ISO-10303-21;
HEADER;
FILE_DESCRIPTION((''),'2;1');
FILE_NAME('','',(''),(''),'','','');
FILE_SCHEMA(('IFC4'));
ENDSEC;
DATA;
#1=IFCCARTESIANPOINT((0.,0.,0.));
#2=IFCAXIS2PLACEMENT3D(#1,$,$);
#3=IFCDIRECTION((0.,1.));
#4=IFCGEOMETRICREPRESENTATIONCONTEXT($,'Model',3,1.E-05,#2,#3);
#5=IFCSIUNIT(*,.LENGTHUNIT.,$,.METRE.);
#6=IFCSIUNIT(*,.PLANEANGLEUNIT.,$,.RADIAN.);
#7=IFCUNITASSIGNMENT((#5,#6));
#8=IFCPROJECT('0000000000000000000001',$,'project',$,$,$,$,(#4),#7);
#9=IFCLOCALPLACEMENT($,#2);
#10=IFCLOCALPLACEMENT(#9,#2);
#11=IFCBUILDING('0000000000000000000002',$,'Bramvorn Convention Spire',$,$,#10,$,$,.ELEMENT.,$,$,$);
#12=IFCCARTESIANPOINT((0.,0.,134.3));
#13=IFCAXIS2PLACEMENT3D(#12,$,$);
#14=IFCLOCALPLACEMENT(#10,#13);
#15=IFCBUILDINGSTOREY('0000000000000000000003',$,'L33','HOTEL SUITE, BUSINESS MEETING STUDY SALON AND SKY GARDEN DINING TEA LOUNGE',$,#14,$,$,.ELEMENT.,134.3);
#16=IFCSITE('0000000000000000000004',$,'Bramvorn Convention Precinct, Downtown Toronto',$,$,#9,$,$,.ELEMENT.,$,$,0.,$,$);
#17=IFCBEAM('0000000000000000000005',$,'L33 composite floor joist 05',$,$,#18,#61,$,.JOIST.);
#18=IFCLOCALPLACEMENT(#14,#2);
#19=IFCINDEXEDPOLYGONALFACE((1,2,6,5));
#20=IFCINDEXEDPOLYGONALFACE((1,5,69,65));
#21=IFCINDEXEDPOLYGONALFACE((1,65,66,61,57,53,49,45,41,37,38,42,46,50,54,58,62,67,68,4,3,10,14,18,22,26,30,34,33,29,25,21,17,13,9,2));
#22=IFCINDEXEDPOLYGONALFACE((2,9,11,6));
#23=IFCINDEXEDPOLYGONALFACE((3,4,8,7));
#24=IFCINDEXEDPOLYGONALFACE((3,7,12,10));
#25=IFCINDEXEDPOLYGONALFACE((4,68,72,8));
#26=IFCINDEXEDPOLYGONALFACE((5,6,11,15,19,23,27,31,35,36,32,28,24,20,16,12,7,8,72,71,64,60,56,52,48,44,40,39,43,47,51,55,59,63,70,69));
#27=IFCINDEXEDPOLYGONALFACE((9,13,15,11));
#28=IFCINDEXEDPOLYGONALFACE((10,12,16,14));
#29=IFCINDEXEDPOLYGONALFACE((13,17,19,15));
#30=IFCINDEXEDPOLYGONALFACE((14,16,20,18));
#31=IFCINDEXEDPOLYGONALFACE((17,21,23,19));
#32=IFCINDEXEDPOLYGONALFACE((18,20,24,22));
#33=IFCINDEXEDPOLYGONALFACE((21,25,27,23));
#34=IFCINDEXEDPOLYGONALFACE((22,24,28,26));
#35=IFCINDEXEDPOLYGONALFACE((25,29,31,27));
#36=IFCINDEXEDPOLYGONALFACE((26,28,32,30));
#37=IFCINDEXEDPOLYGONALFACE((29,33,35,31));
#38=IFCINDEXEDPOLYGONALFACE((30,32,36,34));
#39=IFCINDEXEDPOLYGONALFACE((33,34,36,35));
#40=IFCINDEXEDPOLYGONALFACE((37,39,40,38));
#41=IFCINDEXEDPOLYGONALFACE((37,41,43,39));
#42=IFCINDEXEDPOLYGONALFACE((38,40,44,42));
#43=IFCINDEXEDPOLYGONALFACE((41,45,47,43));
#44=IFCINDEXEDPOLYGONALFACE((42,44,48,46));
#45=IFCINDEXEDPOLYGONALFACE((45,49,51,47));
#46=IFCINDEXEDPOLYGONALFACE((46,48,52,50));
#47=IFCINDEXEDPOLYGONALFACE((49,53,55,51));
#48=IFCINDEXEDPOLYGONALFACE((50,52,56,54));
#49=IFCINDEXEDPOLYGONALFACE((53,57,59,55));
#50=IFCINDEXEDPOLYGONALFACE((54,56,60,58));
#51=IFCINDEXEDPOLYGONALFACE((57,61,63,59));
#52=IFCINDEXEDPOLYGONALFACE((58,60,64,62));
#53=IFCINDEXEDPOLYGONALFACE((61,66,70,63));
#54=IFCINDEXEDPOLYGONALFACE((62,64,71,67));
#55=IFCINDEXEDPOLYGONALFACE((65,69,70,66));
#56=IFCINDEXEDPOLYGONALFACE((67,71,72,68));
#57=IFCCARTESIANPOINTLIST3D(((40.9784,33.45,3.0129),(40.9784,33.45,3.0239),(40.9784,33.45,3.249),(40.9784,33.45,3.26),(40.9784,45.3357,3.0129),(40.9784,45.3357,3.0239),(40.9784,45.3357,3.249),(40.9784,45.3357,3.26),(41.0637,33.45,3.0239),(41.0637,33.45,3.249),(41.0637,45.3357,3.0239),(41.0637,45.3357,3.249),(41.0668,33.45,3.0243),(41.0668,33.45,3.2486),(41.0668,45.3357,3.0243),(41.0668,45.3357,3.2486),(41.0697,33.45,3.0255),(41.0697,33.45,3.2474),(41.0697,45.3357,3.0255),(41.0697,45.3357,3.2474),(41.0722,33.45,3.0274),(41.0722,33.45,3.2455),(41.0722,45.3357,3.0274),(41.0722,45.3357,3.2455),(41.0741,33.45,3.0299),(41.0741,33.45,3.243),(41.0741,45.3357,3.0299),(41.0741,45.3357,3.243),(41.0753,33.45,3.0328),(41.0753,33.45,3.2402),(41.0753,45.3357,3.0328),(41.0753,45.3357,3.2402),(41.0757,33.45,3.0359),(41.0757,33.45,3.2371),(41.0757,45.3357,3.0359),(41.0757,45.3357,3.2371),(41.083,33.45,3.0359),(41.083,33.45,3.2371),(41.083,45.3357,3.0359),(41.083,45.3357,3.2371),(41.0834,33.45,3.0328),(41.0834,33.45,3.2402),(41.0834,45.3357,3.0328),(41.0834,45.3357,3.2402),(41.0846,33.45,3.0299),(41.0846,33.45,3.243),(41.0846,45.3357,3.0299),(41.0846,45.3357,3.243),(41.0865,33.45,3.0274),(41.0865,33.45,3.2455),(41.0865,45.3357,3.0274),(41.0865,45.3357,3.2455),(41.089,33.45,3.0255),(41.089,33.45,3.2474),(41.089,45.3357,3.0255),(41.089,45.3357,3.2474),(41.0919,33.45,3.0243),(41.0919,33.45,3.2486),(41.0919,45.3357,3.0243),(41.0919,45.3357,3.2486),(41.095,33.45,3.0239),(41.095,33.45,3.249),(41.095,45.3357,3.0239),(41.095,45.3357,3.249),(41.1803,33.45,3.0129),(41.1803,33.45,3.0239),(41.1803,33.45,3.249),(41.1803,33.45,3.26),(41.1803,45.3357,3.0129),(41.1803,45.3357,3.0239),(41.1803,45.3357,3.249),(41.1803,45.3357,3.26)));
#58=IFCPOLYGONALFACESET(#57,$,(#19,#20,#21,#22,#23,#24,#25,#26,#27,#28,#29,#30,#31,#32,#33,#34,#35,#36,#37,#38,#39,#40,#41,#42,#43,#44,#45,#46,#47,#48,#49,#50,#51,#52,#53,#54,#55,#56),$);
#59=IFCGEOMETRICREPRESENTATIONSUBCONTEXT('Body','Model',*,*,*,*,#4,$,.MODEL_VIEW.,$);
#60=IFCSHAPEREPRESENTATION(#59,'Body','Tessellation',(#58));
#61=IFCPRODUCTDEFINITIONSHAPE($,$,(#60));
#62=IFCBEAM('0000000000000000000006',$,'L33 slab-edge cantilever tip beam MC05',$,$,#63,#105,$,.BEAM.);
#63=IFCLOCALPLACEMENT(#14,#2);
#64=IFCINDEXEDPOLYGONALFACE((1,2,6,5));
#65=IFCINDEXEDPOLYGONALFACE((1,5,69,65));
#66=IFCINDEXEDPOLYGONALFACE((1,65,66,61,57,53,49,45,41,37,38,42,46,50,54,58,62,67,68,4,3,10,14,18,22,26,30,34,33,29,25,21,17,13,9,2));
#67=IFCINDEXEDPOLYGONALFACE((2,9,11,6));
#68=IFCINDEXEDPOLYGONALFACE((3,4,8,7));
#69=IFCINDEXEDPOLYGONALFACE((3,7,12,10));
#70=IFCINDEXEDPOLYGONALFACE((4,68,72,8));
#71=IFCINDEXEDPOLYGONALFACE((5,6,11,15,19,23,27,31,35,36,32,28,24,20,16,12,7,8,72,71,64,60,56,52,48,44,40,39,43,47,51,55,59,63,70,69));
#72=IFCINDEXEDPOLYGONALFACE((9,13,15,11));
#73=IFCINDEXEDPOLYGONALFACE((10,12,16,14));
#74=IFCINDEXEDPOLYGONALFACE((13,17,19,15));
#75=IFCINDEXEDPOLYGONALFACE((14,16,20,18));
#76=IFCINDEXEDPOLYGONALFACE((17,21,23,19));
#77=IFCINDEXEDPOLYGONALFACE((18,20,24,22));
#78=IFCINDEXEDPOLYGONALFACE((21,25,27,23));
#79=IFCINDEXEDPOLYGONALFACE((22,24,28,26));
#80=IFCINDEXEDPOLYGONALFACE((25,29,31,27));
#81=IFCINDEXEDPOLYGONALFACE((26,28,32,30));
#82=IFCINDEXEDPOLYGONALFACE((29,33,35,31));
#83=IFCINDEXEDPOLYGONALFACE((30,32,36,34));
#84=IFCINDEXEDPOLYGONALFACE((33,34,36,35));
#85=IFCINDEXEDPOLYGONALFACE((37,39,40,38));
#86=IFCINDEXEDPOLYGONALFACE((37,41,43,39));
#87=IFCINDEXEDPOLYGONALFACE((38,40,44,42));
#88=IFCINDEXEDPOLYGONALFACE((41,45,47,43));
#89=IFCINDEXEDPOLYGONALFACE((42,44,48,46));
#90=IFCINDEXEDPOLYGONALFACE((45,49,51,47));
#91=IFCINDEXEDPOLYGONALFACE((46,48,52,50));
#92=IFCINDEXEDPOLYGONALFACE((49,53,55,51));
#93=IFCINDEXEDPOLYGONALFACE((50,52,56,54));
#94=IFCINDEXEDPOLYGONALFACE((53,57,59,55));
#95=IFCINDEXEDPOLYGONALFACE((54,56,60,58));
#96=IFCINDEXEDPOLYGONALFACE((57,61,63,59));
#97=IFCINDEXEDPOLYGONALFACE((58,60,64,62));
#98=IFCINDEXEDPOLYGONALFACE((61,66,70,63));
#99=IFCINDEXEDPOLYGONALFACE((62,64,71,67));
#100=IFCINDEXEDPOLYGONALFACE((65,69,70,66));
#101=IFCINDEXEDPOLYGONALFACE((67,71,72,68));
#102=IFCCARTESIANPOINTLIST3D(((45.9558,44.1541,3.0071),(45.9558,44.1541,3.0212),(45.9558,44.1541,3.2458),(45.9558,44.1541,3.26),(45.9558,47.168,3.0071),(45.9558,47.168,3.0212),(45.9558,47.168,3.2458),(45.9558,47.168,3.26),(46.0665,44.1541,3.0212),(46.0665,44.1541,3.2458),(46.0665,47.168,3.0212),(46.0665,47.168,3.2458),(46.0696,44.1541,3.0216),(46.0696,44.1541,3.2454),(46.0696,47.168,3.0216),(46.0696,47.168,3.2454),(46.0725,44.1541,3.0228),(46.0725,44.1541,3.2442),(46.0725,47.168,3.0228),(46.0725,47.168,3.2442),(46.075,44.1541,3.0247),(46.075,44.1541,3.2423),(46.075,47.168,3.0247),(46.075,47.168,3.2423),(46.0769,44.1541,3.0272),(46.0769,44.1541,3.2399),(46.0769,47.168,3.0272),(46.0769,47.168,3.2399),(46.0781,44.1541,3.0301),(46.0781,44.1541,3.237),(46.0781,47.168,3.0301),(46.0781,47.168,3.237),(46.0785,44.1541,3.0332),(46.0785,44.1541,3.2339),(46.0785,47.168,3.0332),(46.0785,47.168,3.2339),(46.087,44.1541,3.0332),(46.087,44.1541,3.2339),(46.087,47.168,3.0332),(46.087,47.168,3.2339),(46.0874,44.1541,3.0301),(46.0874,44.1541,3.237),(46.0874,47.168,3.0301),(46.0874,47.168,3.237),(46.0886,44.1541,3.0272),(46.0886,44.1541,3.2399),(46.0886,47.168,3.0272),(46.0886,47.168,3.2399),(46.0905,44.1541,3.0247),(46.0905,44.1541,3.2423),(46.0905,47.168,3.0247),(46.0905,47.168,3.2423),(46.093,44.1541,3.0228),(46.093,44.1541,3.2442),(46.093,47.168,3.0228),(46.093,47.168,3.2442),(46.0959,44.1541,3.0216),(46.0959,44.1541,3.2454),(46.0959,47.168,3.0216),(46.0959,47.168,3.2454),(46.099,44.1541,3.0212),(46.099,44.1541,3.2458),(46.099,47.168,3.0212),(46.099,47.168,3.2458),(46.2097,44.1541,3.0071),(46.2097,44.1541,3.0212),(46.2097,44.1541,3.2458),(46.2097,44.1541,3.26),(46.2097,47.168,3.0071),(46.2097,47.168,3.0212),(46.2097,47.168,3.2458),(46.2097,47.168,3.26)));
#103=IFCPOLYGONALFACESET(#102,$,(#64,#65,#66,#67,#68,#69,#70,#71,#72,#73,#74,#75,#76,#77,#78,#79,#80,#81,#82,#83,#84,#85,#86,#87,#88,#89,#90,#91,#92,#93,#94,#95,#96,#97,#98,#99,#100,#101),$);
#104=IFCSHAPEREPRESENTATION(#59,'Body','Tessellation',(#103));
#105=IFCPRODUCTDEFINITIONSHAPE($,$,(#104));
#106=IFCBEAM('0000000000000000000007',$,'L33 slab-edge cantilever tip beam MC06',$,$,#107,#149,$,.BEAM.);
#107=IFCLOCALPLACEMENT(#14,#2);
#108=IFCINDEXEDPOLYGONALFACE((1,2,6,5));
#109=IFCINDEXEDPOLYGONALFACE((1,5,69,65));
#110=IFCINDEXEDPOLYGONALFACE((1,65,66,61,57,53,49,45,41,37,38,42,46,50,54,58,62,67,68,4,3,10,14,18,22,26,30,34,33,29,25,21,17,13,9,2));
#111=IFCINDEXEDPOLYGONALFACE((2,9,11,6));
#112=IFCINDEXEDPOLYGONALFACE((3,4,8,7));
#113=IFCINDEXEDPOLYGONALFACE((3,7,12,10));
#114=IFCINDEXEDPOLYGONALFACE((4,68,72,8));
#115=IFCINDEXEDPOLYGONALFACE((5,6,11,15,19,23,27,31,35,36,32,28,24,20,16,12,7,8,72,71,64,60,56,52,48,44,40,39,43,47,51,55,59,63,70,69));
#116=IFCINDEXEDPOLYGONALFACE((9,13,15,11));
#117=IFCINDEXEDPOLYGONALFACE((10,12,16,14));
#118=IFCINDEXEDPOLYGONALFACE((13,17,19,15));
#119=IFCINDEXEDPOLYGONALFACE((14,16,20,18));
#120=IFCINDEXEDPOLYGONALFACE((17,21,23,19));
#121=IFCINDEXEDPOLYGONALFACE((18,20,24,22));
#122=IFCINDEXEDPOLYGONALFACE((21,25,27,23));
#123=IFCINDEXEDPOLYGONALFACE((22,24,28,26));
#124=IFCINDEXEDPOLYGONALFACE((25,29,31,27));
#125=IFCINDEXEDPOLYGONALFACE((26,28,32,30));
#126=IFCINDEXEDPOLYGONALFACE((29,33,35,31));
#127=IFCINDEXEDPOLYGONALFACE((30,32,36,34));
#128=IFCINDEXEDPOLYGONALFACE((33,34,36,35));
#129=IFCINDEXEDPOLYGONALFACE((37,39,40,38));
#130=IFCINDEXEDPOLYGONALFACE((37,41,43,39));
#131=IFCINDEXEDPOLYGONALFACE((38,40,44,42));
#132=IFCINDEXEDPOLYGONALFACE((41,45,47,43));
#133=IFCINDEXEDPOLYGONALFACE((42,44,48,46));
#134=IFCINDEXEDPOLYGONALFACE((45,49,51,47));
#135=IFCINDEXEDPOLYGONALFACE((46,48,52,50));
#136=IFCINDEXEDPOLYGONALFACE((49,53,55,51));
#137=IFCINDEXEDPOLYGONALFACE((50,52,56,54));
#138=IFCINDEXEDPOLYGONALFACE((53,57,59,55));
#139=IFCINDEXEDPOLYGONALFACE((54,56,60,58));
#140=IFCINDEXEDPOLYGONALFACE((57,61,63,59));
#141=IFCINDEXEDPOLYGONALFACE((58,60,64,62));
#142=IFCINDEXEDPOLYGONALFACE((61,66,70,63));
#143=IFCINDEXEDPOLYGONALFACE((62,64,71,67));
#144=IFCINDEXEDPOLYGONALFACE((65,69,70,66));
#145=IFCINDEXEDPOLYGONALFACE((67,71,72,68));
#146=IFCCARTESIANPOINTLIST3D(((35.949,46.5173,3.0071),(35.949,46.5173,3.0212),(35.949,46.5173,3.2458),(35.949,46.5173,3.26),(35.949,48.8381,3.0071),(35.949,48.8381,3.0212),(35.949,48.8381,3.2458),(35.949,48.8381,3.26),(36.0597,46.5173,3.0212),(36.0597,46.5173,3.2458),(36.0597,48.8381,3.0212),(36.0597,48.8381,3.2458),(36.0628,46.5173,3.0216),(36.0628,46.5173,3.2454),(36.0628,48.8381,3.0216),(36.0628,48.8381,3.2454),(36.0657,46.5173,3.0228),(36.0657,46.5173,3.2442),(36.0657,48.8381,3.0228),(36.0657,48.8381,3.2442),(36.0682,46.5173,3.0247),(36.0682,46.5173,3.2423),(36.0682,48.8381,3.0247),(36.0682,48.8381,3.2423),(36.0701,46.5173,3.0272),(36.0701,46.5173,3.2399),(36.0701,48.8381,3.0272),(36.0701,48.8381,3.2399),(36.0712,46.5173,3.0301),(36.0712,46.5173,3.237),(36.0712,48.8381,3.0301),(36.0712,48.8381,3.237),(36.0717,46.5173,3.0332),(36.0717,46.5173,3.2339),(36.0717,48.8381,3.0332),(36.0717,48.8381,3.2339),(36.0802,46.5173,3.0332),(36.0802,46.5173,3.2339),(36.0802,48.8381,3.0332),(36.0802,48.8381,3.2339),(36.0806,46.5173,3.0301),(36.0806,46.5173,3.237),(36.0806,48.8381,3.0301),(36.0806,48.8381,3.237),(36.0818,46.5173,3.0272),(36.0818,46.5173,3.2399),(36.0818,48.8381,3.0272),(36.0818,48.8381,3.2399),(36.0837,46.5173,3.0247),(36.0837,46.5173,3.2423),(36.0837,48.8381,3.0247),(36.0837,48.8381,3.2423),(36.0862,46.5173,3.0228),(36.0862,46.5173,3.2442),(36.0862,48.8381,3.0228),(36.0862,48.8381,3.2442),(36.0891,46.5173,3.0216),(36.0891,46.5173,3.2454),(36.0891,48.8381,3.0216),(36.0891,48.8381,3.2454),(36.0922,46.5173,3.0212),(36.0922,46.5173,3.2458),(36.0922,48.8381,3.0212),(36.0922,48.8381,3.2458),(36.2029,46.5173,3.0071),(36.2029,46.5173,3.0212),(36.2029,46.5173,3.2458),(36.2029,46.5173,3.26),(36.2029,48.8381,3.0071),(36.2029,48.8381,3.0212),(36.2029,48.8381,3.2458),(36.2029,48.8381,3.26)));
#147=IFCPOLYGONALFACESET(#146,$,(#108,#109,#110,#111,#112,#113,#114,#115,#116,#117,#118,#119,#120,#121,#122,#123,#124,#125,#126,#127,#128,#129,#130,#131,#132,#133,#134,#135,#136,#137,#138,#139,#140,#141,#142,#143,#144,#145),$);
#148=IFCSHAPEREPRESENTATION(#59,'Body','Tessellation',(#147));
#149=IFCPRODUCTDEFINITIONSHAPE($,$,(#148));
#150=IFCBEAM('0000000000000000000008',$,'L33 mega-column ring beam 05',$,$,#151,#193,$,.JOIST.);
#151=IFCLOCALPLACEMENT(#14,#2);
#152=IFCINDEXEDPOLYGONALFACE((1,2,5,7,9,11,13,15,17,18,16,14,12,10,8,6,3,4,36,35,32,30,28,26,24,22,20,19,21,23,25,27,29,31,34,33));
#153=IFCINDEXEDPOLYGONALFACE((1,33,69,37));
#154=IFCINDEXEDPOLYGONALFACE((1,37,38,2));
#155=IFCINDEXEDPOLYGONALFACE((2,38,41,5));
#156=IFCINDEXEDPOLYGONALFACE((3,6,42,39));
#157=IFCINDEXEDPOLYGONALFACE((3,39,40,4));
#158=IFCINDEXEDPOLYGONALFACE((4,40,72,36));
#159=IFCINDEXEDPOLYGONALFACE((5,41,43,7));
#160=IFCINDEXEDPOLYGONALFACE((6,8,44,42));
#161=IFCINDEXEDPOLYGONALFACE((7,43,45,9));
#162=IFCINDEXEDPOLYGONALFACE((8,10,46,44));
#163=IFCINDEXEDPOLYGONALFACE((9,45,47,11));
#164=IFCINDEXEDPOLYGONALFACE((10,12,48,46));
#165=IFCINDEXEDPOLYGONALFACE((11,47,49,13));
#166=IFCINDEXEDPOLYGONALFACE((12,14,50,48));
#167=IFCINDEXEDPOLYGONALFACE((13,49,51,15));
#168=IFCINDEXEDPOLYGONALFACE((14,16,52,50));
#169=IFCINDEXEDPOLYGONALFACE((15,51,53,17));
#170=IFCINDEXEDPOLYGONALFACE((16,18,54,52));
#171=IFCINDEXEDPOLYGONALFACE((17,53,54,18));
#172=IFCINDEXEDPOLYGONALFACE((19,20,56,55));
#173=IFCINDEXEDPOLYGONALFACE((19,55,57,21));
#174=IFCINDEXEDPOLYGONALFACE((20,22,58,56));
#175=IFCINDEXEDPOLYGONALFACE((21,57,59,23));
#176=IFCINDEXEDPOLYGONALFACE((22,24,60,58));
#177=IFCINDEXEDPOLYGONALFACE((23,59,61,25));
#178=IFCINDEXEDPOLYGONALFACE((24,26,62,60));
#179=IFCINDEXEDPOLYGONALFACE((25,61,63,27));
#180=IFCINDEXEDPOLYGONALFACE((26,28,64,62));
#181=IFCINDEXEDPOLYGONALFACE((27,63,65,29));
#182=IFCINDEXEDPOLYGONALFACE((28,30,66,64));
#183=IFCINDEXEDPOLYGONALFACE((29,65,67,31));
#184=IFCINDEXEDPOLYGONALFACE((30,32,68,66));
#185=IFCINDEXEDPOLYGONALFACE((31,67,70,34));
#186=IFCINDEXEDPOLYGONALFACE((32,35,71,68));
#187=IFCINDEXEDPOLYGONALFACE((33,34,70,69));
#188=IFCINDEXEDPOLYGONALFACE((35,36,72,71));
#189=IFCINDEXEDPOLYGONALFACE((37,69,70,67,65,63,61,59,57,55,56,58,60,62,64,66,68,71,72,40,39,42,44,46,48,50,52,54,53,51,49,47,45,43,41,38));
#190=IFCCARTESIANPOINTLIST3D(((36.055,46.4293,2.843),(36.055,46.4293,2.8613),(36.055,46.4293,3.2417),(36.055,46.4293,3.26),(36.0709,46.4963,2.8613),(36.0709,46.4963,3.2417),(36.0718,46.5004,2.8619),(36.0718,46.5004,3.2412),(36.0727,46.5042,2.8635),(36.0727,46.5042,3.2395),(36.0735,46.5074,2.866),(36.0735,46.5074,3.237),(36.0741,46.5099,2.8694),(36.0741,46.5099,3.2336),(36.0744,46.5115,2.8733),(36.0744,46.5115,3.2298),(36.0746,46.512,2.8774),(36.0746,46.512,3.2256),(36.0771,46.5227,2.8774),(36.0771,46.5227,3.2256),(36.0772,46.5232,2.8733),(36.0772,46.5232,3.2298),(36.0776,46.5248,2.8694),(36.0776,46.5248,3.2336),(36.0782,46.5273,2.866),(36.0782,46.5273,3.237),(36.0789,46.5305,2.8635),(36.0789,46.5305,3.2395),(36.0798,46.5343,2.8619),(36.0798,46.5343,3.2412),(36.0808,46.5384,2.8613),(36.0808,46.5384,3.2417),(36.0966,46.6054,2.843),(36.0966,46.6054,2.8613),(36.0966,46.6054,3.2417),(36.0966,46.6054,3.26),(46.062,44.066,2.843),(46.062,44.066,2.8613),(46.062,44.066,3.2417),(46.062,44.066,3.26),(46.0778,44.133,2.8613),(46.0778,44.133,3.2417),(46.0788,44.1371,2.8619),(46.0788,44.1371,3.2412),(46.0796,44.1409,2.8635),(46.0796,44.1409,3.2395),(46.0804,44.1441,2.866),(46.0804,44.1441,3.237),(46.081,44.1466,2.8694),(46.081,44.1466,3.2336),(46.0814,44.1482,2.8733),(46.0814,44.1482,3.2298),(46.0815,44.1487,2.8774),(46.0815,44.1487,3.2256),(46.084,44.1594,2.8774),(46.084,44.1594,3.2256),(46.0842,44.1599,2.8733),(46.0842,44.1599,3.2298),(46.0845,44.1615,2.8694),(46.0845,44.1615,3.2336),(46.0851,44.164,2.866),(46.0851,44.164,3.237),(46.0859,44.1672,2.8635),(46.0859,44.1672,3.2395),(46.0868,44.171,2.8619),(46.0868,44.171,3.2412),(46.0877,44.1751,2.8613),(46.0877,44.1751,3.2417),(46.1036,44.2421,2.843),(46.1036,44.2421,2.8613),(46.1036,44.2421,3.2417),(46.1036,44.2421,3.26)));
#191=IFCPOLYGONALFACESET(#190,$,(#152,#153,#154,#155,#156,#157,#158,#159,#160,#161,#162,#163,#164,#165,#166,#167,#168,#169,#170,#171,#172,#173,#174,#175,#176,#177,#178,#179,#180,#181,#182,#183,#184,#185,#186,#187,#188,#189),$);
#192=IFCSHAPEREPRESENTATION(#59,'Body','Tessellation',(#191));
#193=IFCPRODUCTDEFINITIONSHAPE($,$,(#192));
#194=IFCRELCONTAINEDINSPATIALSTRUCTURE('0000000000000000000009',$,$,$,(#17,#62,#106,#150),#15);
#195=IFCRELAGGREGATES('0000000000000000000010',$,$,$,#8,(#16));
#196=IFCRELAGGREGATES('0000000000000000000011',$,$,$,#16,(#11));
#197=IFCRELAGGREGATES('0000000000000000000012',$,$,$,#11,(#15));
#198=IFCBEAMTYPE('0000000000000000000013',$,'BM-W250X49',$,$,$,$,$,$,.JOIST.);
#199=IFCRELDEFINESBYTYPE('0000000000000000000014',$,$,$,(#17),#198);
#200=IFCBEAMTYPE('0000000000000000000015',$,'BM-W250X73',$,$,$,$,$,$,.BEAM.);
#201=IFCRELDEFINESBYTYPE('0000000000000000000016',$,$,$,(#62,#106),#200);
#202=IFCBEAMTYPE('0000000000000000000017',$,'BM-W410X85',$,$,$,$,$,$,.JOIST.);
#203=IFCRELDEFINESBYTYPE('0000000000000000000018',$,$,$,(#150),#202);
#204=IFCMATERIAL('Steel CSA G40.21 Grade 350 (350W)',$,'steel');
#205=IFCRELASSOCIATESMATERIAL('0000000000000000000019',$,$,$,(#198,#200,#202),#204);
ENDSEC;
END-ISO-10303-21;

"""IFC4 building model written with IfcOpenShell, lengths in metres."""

from ifc_helpers import new_model, si_unit, direction, frame, origin, origin_2d, place, context, subcontext, project, spatial, i_section, extrude, material, material_profile, profile_set, type_object, element, save


model = new_model("IFC4")

# Units and contexts
model_context = context("Model", 3, precision=1e-05, world=origin(), true_north=direction((0.0, 1.0)))
body_context = subcontext(model_context, "Body", "Model", "MODEL_VIEW")
ifc_project = project(units=[si_unit("LENGTHUNIT", "METRE"), si_unit("PLANEANGLEUNIT", "RADIAN")], contexts=[model_context])

# Site, building, storey
site_placement = place(None, origin())
site = spatial("IfcSite", under=ifc_project, at=site_placement, Name="Bramvorn Convention Precinct, Downtown Toronto", CompositionType="ELEMENT", RefElevation=0.0)
building_placement = place(site_placement, origin())
building = spatial("IfcBuilding", under=site, at=building_placement, Name="Bramvorn Convention Spire", CompositionType="ELEMENT")
storey_placement = place(building_placement, frame((0.0, 0.0, 134.3)))
storey = spatial("IfcBuildingStorey", under=building, at=storey_placement, Name="L33", Description="HOTEL SUITE, BUSINESS MEETING STUDY SALON AND SKY GARDEN DINING TEA LOUNGE", CompositionType="ELEMENT", Elevation=134.3)

# Shared definitions
ifc_material_1 = material(Name="Steel CSA G40.21 Grade 350 (350W)", Category="steel")

# Beams
ifc_material_profile_1 = material_profile(ifc_material_1, i_section(OverallWidth=0.2019, OverallDepth=0.2471, WebThickness=0.0073, FlangeThickness=0.011, FilletRadius=0.012, at=origin_2d()))
ifc_profile_set_1 = profile_set([ifc_material_profile_1], Name="Steel CSA G40.21 Grade 350 (350W) - W250X49")
beam_type_1 = type_object("IfcBeamType", Name="BM-W250X49", PredefinedType="JOIST", material=ifc_profile_set_1)
beam_1_placement = place(storey_placement, frame((41.0793, 33.45, 3.1365), z_axis=(0.0, 1.0, 0.0), x_axis=(-1.0, 0.0, 0.0)))
element("IfcBeam", 1, at=beam_1_placement, inside=storey, type_object=beam_type_1, Name="L33 composite floor joist 05", PredefinedType="JOIST", context=body_context, shape_type="SweptSolid", body=[
    extrude(i_section(OverallWidth=0.2019, OverallDepth=0.2471, WebThickness=0.0073, FlangeThickness=0.011, FilletRadius=0.012, at=origin_2d()), origin(), (0.0, 0.0, 1.0), 11.8857),
])
ifc_material_profile_2 = material_profile(ifc_material_1, i_section(OverallWidth=0.2539, OverallDepth=0.2529, WebThickness=0.0085, FlangeThickness=0.0142, FilletRadius=0.012, at=origin_2d()))
ifc_profile_set_2 = profile_set([ifc_material_profile_2], Name="Steel CSA G40.21 Grade 350 (350W) - W250X73")
beam_type_2 = type_object("IfcBeamType", Name="BM-W250X73", PredefinedType="BEAM", material=ifc_profile_set_2)
beam_2_placement = place(storey_placement, frame((46.0828, 44.1541, 3.1335), z_axis=(0.0, 1.0, 0.0), x_axis=(-1.0, 0.0, 0.0)))
element("IfcBeam", 2, at=beam_2_placement, inside=storey, type_object=beam_type_2, Name="L33 slab-edge cantilever tip beam MC05", PredefinedType="BEAM", context=body_context, shape_type="SweptSolid", body=[
    extrude(i_section(OverallWidth=0.2539, OverallDepth=0.2529, WebThickness=0.0085, FlangeThickness=0.0142, FilletRadius=0.012, at=origin_2d()), origin(), (0.0, 0.0, 1.0), 3.0139),
])
beam_3_placement = place(storey_placement, frame((36.0759, 46.5173, 3.1335), z_axis=(0.0, 1.0, 0.0), x_axis=(-1.0, 0.0, 0.0)))
element("IfcBeam", 3, at=beam_3_placement, inside=storey, type_object=beam_type_2, Name="L33 slab-edge cantilever tip beam MC06", PredefinedType="BEAM", context=body_context, shape_type="SweptSolid", body=[
    extrude(i_section(OverallWidth=0.2539, OverallDepth=0.2529, WebThickness=0.0085, FlangeThickness=0.0142, FilletRadius=0.012, at=origin_2d()), origin(), (0.0, 0.0, 1.0), 2.3208),
])
ifc_material_profile_3 = material_profile(ifc_material_1, i_section(OverallWidth=0.1809, OverallDepth=0.417, WebThickness=0.011, FlangeThickness=0.0183, FilletRadius=0.0161, at=origin_2d()))
ifc_profile_set_3 = profile_set([ifc_material_profile_3], Name="Steel CSA G40.21 Grade 350 (350W) - W410X85")
beam_type_3 = type_object("IfcBeamType", Name="BM-W410X85", PredefinedType="JOIST", material=ifc_profile_set_3)
beam_4_placement = place(storey_placement, frame((46.0828, 44.1541, 3.0515), z_axis=(-0.973228, 0.229844, 0.0), x_axis=(-0.229844, -0.973228, 0.0)))
element("IfcBeam", 4, at=beam_4_placement, inside=storey, type_object=beam_type_3, Name="L33 mega-column ring beam 05", PredefinedType="JOIST", context=body_context, shape_type="SweptSolid", body=[
    extrude(i_section(OverallWidth=0.1809, OverallDepth=0.417, WebThickness=0.011, FlangeThickness=0.0183, FilletRadius=0.0161, at=origin_2d()), origin(), (0.0, 0.0, 1.0), 10.2822),
])

save(model, "model.ifc")
